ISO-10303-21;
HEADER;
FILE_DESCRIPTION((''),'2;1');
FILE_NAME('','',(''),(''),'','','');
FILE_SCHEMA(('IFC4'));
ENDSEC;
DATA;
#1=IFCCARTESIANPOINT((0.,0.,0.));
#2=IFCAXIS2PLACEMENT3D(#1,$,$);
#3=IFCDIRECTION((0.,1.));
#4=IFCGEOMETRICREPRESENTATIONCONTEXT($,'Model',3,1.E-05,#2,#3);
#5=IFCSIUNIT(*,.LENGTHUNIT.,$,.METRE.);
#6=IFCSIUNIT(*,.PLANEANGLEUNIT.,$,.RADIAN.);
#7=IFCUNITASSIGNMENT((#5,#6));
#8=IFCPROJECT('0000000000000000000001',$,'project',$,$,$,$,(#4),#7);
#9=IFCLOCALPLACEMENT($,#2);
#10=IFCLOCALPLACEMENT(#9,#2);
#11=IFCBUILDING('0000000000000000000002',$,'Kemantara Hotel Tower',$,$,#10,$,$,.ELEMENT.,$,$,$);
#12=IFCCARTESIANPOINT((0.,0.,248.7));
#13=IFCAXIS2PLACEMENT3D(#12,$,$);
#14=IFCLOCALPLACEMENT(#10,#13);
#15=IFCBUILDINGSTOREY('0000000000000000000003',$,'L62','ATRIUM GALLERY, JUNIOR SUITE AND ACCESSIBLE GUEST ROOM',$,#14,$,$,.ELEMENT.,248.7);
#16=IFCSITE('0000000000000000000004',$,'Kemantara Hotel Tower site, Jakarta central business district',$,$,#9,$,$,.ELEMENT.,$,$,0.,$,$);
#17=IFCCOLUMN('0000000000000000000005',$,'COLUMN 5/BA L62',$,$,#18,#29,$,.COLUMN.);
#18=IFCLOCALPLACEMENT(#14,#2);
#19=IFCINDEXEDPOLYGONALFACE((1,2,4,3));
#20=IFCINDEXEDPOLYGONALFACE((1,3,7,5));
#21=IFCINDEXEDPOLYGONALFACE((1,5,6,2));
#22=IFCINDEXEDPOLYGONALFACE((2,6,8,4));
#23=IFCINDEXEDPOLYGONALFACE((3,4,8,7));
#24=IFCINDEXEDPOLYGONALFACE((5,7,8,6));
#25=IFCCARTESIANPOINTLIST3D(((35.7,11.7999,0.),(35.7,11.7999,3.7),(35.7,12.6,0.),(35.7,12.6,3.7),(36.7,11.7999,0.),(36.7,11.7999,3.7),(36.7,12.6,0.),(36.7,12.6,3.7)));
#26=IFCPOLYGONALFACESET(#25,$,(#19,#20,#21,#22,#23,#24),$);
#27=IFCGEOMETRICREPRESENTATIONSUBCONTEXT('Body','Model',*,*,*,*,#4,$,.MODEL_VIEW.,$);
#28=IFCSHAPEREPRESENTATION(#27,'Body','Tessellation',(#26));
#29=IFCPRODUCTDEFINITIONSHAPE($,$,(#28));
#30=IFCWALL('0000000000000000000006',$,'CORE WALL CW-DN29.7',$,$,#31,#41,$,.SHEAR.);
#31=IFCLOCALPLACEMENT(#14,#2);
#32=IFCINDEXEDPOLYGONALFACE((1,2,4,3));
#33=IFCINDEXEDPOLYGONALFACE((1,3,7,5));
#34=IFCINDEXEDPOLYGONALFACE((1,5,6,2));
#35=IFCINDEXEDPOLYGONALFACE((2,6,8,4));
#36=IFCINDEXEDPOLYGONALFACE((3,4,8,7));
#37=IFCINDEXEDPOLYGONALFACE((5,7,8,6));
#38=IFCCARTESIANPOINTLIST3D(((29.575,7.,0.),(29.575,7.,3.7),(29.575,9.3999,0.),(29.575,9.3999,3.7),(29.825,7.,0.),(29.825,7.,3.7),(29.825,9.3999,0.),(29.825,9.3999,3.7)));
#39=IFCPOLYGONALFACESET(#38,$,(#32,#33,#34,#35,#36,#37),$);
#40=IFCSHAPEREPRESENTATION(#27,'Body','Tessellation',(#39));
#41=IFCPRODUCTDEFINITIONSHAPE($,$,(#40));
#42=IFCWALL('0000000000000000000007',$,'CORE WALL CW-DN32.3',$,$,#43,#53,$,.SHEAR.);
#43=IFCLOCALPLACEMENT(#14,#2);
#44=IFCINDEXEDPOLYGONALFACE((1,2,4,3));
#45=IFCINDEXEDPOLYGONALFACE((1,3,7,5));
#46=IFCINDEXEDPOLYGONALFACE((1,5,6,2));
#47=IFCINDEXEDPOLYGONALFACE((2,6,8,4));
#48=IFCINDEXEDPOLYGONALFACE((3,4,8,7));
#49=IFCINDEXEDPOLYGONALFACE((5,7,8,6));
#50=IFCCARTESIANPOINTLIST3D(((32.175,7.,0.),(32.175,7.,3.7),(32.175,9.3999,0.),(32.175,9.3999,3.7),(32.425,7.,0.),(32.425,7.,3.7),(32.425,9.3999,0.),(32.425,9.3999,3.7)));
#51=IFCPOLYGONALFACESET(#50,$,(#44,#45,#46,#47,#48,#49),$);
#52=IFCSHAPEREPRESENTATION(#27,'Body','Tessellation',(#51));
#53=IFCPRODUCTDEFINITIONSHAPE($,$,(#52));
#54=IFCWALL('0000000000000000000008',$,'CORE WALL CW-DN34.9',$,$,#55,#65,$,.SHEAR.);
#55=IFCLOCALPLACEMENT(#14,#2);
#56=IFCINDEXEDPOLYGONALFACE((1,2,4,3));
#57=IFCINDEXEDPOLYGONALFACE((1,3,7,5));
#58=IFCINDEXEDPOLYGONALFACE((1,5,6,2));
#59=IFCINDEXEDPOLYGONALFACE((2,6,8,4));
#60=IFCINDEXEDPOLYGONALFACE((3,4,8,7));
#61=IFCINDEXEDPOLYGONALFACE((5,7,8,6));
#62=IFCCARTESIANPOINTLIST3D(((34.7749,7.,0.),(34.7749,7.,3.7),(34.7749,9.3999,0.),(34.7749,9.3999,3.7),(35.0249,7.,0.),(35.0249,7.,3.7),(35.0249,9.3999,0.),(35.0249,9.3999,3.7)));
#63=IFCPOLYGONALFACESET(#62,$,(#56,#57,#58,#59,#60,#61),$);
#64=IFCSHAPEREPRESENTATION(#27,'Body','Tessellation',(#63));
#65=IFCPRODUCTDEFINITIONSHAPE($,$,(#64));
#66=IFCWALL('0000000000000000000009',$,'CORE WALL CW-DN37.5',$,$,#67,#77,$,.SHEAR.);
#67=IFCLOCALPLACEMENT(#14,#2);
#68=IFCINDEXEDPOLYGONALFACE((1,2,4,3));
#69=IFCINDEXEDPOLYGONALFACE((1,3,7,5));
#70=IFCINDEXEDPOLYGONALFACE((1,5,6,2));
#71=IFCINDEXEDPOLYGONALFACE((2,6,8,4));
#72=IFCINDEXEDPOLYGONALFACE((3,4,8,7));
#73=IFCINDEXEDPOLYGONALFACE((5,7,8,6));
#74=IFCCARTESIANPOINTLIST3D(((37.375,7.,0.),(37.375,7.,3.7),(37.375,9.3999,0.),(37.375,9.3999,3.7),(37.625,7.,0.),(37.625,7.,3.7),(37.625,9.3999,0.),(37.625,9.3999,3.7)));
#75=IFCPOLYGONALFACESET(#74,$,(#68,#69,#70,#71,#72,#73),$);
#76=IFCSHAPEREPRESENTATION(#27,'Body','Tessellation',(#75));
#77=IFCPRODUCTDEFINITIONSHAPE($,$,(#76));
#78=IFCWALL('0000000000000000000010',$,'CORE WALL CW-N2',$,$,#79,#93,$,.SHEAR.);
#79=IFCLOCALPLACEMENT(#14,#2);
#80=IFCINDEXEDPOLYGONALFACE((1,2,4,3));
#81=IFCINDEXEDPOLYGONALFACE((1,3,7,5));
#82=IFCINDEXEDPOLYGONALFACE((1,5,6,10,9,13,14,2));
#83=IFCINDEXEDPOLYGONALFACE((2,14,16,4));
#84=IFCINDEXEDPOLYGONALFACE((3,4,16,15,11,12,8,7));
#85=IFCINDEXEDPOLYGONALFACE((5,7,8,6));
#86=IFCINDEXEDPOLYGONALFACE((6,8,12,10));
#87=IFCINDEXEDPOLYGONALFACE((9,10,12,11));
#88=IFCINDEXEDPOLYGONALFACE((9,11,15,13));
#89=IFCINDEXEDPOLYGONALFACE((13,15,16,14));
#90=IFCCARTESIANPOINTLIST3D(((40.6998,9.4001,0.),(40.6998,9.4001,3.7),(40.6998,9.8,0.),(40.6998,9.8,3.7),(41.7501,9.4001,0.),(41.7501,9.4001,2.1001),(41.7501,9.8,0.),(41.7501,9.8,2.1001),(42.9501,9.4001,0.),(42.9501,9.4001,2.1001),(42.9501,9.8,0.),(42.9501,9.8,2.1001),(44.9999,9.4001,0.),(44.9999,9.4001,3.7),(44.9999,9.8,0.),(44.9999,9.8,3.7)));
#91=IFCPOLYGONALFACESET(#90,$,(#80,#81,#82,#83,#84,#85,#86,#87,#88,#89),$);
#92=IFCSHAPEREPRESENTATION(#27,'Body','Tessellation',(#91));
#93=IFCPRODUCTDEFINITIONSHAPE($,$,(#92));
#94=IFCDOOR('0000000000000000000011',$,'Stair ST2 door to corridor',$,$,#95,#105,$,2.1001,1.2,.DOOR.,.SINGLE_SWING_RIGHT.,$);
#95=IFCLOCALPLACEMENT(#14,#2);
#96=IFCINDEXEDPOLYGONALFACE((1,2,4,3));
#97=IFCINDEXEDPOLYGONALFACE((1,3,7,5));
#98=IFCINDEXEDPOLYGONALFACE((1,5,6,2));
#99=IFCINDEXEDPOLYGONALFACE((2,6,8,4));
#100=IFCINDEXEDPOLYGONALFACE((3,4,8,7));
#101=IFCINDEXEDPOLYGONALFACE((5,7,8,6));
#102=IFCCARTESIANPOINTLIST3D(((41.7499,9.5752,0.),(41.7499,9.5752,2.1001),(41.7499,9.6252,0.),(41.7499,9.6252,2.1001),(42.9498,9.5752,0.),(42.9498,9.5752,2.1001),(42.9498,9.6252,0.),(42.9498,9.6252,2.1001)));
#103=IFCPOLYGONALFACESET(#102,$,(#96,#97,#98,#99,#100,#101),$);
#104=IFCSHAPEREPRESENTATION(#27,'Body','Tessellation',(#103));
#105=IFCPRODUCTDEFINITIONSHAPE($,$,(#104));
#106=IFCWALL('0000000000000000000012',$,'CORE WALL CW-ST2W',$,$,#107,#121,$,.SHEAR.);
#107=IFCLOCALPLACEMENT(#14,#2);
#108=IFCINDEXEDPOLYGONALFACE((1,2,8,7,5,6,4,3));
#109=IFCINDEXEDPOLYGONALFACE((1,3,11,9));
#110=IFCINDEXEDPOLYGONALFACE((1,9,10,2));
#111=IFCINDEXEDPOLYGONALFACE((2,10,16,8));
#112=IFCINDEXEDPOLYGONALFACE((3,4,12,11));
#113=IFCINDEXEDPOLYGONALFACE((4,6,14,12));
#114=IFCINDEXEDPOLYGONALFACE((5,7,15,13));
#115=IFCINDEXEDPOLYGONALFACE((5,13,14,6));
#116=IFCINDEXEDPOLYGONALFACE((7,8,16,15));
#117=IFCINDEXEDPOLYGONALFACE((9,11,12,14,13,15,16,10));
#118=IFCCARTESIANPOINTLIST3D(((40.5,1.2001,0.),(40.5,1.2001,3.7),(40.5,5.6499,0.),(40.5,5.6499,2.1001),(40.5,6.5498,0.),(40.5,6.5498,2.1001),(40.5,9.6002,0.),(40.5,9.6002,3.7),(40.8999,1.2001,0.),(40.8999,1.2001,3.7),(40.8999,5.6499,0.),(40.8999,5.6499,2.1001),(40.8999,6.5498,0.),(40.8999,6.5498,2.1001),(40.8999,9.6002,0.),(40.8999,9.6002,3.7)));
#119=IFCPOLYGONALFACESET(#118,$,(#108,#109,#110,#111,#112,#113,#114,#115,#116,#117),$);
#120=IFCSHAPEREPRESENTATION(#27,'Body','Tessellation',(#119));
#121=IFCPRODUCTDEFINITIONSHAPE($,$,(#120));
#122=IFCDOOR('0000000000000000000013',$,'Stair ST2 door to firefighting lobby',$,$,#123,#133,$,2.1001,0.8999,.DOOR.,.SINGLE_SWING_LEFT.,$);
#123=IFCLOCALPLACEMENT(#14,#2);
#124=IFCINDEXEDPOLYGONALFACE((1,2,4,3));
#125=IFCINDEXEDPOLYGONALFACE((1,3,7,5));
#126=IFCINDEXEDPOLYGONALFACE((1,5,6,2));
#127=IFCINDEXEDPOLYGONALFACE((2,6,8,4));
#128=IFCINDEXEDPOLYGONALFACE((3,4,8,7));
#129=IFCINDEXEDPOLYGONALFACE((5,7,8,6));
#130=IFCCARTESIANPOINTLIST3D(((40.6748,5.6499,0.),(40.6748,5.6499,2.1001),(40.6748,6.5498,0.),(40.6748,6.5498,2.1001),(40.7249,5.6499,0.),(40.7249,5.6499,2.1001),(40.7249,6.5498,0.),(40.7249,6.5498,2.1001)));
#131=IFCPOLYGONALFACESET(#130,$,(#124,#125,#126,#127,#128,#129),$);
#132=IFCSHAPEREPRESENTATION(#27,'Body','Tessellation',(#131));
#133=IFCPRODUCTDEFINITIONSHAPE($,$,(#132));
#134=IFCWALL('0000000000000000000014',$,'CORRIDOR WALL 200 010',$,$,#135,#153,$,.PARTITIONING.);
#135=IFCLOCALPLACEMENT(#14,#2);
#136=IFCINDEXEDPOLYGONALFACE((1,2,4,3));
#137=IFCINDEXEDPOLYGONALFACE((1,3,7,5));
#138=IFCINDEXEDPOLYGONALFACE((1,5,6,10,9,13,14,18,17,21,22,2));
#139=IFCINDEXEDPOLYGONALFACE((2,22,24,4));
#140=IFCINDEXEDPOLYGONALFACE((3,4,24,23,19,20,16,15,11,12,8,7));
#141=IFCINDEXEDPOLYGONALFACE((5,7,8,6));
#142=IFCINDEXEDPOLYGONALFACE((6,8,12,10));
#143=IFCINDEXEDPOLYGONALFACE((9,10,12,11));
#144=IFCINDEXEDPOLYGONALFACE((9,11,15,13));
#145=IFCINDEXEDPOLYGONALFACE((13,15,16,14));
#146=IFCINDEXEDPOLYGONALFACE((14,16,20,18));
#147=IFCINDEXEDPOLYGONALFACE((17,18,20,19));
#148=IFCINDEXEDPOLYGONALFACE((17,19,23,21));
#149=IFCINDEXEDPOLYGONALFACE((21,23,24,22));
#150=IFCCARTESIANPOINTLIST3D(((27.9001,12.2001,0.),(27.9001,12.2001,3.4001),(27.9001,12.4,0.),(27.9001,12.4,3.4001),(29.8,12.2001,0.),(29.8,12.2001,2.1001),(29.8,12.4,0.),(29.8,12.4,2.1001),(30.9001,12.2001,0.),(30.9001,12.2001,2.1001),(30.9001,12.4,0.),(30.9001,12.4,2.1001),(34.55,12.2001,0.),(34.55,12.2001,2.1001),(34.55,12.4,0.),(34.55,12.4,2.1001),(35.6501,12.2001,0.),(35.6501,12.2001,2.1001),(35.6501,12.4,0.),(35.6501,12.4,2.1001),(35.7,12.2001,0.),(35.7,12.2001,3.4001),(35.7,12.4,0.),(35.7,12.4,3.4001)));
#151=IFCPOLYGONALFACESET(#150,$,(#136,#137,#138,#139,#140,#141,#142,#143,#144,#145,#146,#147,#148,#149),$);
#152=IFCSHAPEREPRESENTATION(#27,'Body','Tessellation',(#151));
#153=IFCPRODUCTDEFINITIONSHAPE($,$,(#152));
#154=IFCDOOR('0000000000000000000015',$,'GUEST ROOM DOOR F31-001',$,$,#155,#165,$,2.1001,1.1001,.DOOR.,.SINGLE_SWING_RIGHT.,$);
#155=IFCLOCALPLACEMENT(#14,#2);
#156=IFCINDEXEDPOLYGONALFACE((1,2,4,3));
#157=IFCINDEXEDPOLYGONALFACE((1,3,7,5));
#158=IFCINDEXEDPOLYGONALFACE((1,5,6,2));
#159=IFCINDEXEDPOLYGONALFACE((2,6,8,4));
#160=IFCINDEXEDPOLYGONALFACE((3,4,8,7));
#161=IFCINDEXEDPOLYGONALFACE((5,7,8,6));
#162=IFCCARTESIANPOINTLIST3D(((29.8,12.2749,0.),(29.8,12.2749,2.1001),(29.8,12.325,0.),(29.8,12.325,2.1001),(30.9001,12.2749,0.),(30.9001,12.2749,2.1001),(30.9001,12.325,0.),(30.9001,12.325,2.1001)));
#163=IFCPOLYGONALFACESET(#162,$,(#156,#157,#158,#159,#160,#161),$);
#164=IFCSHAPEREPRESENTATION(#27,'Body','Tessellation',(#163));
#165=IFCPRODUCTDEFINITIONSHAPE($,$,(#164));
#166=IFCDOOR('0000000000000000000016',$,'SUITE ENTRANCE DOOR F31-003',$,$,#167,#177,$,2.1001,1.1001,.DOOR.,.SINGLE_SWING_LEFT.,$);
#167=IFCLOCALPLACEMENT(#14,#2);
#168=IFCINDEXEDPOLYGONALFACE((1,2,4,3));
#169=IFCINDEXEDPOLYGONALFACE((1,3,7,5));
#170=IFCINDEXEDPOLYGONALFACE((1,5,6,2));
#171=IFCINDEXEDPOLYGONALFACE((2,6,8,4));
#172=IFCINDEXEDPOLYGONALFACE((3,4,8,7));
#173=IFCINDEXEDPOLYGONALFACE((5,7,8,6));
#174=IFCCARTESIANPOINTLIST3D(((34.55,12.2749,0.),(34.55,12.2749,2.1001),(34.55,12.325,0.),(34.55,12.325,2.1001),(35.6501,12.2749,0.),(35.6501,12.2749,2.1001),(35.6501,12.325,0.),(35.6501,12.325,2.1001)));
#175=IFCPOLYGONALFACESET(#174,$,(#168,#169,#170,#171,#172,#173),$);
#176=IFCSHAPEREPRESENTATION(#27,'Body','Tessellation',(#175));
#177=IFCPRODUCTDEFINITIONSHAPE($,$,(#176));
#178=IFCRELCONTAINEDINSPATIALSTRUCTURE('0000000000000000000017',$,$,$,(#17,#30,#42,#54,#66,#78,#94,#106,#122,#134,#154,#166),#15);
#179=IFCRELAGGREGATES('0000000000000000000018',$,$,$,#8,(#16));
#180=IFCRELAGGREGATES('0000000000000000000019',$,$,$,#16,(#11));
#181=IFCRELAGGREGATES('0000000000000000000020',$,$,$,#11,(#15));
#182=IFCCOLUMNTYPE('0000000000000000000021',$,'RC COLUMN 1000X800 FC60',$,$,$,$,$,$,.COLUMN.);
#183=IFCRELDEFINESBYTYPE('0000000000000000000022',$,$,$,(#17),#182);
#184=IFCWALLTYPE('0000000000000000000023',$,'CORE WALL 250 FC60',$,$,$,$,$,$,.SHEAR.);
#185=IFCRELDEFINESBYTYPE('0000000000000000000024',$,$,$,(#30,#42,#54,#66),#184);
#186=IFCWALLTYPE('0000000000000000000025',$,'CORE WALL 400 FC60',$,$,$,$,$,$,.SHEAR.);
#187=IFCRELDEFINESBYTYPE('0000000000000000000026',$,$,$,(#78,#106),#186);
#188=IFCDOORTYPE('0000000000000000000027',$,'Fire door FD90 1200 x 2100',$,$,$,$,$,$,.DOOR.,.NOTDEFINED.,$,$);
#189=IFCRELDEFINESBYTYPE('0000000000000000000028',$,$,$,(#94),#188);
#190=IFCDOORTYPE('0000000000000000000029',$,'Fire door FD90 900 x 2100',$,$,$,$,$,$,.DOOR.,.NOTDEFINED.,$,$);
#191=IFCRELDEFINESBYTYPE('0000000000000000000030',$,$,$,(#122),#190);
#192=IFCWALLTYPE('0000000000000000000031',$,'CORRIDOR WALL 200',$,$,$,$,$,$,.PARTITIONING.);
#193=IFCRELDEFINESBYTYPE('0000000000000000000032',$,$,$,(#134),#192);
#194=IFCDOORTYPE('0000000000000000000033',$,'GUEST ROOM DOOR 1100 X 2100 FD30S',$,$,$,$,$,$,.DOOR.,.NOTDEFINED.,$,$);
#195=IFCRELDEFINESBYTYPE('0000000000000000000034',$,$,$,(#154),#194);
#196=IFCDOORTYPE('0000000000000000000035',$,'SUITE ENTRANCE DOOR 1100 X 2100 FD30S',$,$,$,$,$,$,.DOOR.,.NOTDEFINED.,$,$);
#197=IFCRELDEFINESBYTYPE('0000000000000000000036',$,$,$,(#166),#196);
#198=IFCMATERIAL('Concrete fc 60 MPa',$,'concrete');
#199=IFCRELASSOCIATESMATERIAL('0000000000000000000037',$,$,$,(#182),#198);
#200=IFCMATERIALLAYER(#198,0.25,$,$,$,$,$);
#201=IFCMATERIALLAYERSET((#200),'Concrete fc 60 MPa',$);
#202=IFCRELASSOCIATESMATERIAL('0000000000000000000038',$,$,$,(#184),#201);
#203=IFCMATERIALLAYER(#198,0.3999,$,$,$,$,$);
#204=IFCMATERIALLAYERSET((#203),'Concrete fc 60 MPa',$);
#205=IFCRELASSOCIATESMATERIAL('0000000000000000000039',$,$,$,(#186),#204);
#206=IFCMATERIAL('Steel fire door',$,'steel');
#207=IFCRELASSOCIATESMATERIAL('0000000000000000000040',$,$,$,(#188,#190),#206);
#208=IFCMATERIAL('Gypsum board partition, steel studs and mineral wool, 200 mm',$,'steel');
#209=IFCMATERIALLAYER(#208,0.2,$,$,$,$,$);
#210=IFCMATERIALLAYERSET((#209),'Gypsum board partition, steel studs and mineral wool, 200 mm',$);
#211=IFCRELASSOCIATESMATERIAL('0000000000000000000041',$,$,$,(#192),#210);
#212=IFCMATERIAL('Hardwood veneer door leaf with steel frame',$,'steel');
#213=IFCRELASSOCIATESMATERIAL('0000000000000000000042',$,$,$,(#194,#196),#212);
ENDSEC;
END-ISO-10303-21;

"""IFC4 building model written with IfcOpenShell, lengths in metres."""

from ifc_helpers import new_model, si_unit, direction, frame, frame_2d, origin, origin_2d, place, context, subcontext, project, spatial, rectangle, extrude, material, layer, layer_set, material_profile, profile_set, type_object, element, fill, save


model = new_model("IFC4")

# Units and contexts
model_context = context("Model", 3, precision=1e-05, world=origin(), true_north=direction((0.0, 1.0)))
body_context = subcontext(model_context, "Body", "Model", "MODEL_VIEW")
ifc_project = project(units=[si_unit("LENGTHUNIT", "METRE"), si_unit("PLANEANGLEUNIT", "RADIAN")], contexts=[model_context])

# Site, building, storey
site_placement = place(None, origin())
site = spatial("IfcSite", under=ifc_project, at=site_placement, Name="Kemantara Hotel Tower site, Jakarta central business district", CompositionType="ELEMENT", RefElevation=0.0)
building_placement = place(site_placement, origin())
building = spatial("IfcBuilding", under=site, at=building_placement, Name="Kemantara Hotel Tower", CompositionType="ELEMENT")
storey_placement = place(building_placement, frame((0.0, 0.0, 248.7)))
storey = spatial("IfcBuildingStorey", under=building, at=storey_placement, Name="L62", Description="ATRIUM GALLERY, JUNIOR SUITE AND ACCESSIBLE GUEST ROOM", CompositionType="ELEMENT", Elevation=248.7)

# Column
ifc_material_1 = material(Name="Concrete fc 60 MPa", Category="concrete")
ifc_material_profile = material_profile(ifc_material_1, rectangle(XDim=1.0, YDim=0.8, at=origin_2d()), Name="RC 1000X800")
ifc_profile_set = profile_set([ifc_material_profile], Name="Concrete fc 60 MPa")
column_type = type_object("IfcColumnType", Name="RC COLUMN 1000X800 FC60", PredefinedType="COLUMN", material=ifc_profile_set)
column_placement = place(storey_placement, frame((36.2, 12.2, 0.0), z_axis=(0.0, 0.0, 1.0), x_axis=(1.0, 0.0, 0.0)))
element("IfcColumn", 1, at=column_placement, inside=storey, type_object=column_type, Name="COLUMN 5/BA L62", PredefinedType="COLUMN", context=body_context, shape_type="SweptSolid", body=[
    extrude(rectangle(XDim=1.0, YDim=0.8, at=origin_2d()), origin(), (0.0, 0.0, 1.0), 3.7),
])

# Walls
ifc_layer_1 = layer(ifc_material_1, 0.25)
ifc_layer_set_1 = layer_set([ifc_layer_1], Name="Concrete fc 60 MPa")
wall_type_1 = type_object("IfcWallType", Name="CORE WALL 250 FC60", PredefinedType="SHEAR", material=ifc_layer_set_1)
for number, where, z_axis, x_axis, name in (
    (2, (29.7, 7.0, 0.0), (0.0, 0.0, 1.0), (0.0, 1.0, 0.0), "CORE WALL CW-DN29.7"),
    (3, (32.3, 7.0, 0.0), (0.0, 0.0, 1.0), (0.0, 1.0, 0.0), "CORE WALL CW-DN32.3"),
    (4, (34.8999, 7.0, 0.0), (0.0, 0.0, 1.0), (0.0, 1.0, 0.0), "CORE WALL CW-DN34.9"),
    (5, (37.5, 7.0, 0.0), (0.0, 0.0, 1.0), (0.0, 1.0, 0.0), "CORE WALL CW-DN37.5"),
):
    element("IfcWall", number, at=place(storey_placement, frame(where, z_axis=z_axis, x_axis=x_axis)), inside=storey, type_object=wall_type_1, Name=name, PredefinedType="SHEAR", context=body_context, shape_type="SweptSolid", body=[
        extrude(rectangle(XDim=2.3999, YDim=0.25, at=frame_2d((1.2, 0.0))), origin(), (0.0, 0.0, 1.0), 3.7),
    ])

# Walls, openings, doors
ifc_layer_2 = layer(ifc_material_1, 0.3999)
ifc_layer_set_2 = layer_set([ifc_layer_2], Name="Concrete fc 60 MPa")
wall_type_2 = type_object("IfcWallType", Name="CORE WALL 400 FC60", PredefinedType="SHEAR", material=ifc_layer_set_2)
wall_1_placement = place(storey_placement, frame((40.7, 9.6001, 0.0), z_axis=(0.0, 0.0, 1.0), x_axis=(1.0, 0.0, 0.0)))
wall_1 = element("IfcWall", 6, at=wall_1_placement, inside=storey, type_object=wall_type_2, Name="CORE WALL CW-N2", PredefinedType="SHEAR", context=body_context, shape_type="SweptSolid", body=[
    extrude(rectangle(XDim=4.3, YDim=0.3999, at=frame_2d((2.1499, 0.0))), origin(), (0.0, 0.0, 1.0), 3.7),
])
opening_1_placement = place(wall_1_placement, frame((1.05, 0.0, 0.0)))
opening_1 = element("IfcOpeningElement", 7, at=opening_1_placement, cuts=wall_1, PredefinedType="OPENING", context=body_context, shape_type="SweptSolid", body=[
    extrude(rectangle(XDim=1.2, YDim=2.1001, at=frame_2d((0.6001, 1.05))), frame((0.0, 0.21, 0.0), z_axis=(0.0, -1.0, 0.0), x_axis=(1.0, 0.0, 0.0)), (0.0, 0.0, 1.0), 0.4199),
])
ifc_material_2 = material(Name="Steel fire door", Category="steel")
door_type_1 = type_object("IfcDoorType", Name="Fire door FD90 1200 x 2100", OperationType="NOTDEFINED", PredefinedType="DOOR", material=ifc_material_2)
door_1_placement = place(opening_1_placement, frame((1.2, 0.0, 0.0), z_axis=(0.0, 0.0, 1.0), x_axis=(-1.0, 0.0, 0.0)))
door_1 = element("IfcDoor", 8, at=door_1_placement, inside=storey, type_object=door_type_1, Name="Stair ST2 door to corridor", OperationType="SINGLE_SWING_RIGHT", OverallHeight=2.1001, OverallWidth=1.2, PredefinedType="DOOR", context=body_context, shape_type="SweptSolid", body=[
    extrude(rectangle(XDim=1.2, YDim=2.1001, at=frame_2d((0.6001, 1.05))), frame((0.0, 0.0249, 0.0), z_axis=(0.0, -1.0, 0.0), x_axis=(1.0, 0.0, 0.0)), (0.0, 0.0, 1.0), 0.05),
])
fill(opening_1, door_1)
wall_2_placement = place(storey_placement, frame((40.7, 1.2, 0.0), z_axis=(0.0, 0.0, 1.0), x_axis=(0.0, 1.0, 0.0)))
wall_2 = element("IfcWall", 9, at=wall_2_placement, inside=storey, type_object=wall_type_2, Name="CORE WALL CW-ST2W", PredefinedType="SHEAR", context=body_context, shape_type="SweptSolid", body=[
    extrude(rectangle(XDim=8.4001, YDim=0.3999, at=frame_2d((4.2002, 0.0))), origin(), (0.0, 0.0, 1.0), 3.7),
])
opening_2_placement = place(wall_2_placement, frame((4.45, 0.0, 0.0)))
opening_2 = element("IfcOpeningElement", 10, at=opening_2_placement, cuts=wall_2, PredefinedType="OPENING", context=body_context, shape_type="SweptSolid", body=[
    extrude(rectangle(XDim=0.8999, YDim=2.1001, at=frame_2d((0.45, 1.05))), frame((0.0, 0.21, 0.0), z_axis=(0.0, -1.0, 0.0), x_axis=(1.0, 0.0, 0.0)), (0.0, 0.0, 1.0), 0.4199),
])
door_type_2 = type_object("IfcDoorType", Name="Fire door FD90 900 x 2100", OperationType="NOTDEFINED", PredefinedType="DOOR", material=ifc_material_2)
door_2_placement = place(opening_2_placement, frame((0.8999, 0.0, 0.0), z_axis=(0.0, 0.0, 1.0), x_axis=(-1.0, 0.0, 0.0)))
door_2 = element("IfcDoor", 11, at=door_2_placement, inside=storey, type_object=door_type_2, Name="Stair ST2 door to firefighting lobby", OperationType="SINGLE_SWING_LEFT", OverallHeight=2.1001, OverallWidth=0.8999, PredefinedType="DOOR", context=body_context, shape_type="SweptSolid", body=[
    extrude(rectangle(XDim=0.8999, YDim=2.1001, at=frame_2d((0.45, 1.05))), frame((0.0, 0.0249, 0.0), z_axis=(0.0, -1.0, 0.0), x_axis=(1.0, 0.0, 0.0)), (0.0, 0.0, 1.0), 0.05),
])
fill(opening_2, door_2)

# Wall, openings, doors
ifc_material_3 = material(Name="Gypsum board partition, steel studs and mineral wool, 200 mm", Category="steel")
ifc_layer_3 = layer(ifc_material_3, 0.2)
ifc_layer_set_3 = layer_set([ifc_layer_3], Name="Gypsum board partition, steel studs and mineral wool, 200 mm")
wall_type_3 = type_object("IfcWallType", Name="CORRIDOR WALL 200", PredefinedType="PARTITIONING", material=ifc_layer_set_3)
wall_3_placement = place(storey_placement, frame((27.9001, 12.3, 0.0), z_axis=(0.0, 0.0, 1.0), x_axis=(1.0, 0.0, 0.0)))
wall_3 = element("IfcWall", 12, at=wall_3_placement, inside=storey, type_object=wall_type_3, Name="CORRIDOR WALL 200 010", PredefinedType="PARTITIONING", context=body_context, shape_type="SweptSolid", body=[
    extrude(rectangle(XDim=7.7998, YDim=0.2, at=frame_2d((3.8999, 0.0))), origin(), (0.0, 0.0, 1.0), 3.4001),
])
opening_3_placement = place(wall_3_placement, frame((1.8999, 0.0, 0.0)))
opening_3 = element("IfcOpeningElement", 13, at=opening_3_placement, cuts=wall_3, PredefinedType="OPENING", context=body_context, shape_type="SweptSolid", body=[
    extrude(rectangle(XDim=1.1001, YDim=2.1001, at=frame_2d((0.55, 1.05))), frame((0.0, 0.1099, 0.0), z_axis=(0.0, -1.0, 0.0), x_axis=(1.0, 0.0, 0.0)), (0.0, 0.0, 1.0), 0.22),
])
opening_4_placement = place(wall_3_placement, frame((6.6499, 0.0, 0.0)))
opening_4 = element("IfcOpeningElement", 14, at=opening_4_placement, cuts=wall_3, PredefinedType="OPENING", context=body_context, shape_type="SweptSolid", body=[
    extrude(rectangle(XDim=1.1001, YDim=2.1001, at=frame_2d((0.55, 1.05))), frame((0.0, 0.1099, 0.0), z_axis=(0.0, -1.0, 0.0), x_axis=(1.0, 0.0, 0.0)), (0.0, 0.0, 1.0), 0.22),
])
ifc_material_4 = material(Name="Hardwood veneer door leaf with steel frame", Category="steel")
door_type_3 = type_object("IfcDoorType", Name="GUEST ROOM DOOR 1100 X 2100 FD30S", OperationType="NOTDEFINED", PredefinedType="DOOR", material=ifc_material_4)
door_3_placement = place(opening_3_placement, origin())
door_3 = element("IfcDoor", 15, at=door_3_placement, inside=storey, type_object=door_type_3, Name="GUEST ROOM DOOR F31-001", OperationType="SINGLE_SWING_RIGHT", OverallHeight=2.1001, OverallWidth=1.1001, PredefinedType="DOOR", context=body_context, shape_type="SweptSolid", body=[
    extrude(rectangle(XDim=1.1001, YDim=2.1001, at=frame_2d((0.55, 1.05))), frame((0.0, 0.0249, 0.0), z_axis=(0.0, -1.0, 0.0), x_axis=(1.0, 0.0, 0.0)), (0.0, 0.0, 1.0), 0.05),
])
fill(opening_3, door_3)
door_type_4 = type_object("IfcDoorType", Name="SUITE ENTRANCE DOOR 1100 X 2100 FD30S", OperationType="NOTDEFINED", PredefinedType="DOOR", material=ifc_material_4)
door_4_placement = place(opening_4_placement, origin())
door_4 = element("IfcDoor", 16, at=door_4_placement, inside=storey, type_object=door_type_4, Name="SUITE ENTRANCE DOOR F31-003", OperationType="SINGLE_SWING_LEFT", OverallHeight=2.1001, OverallWidth=1.1001, PredefinedType="DOOR", context=body_context, shape_type="SweptSolid", body=[
    extrude(rectangle(XDim=1.1001, YDim=2.1001, at=frame_2d((0.55, 1.05))), frame((0.0, 0.0249, 0.0), z_axis=(0.0, -1.0, 0.0), x_axis=(1.0, 0.0, 0.0)), (0.0, 0.0, 1.0), 0.05),
])
fill(opening_4, door_4)

save(model, "model.ifc")
